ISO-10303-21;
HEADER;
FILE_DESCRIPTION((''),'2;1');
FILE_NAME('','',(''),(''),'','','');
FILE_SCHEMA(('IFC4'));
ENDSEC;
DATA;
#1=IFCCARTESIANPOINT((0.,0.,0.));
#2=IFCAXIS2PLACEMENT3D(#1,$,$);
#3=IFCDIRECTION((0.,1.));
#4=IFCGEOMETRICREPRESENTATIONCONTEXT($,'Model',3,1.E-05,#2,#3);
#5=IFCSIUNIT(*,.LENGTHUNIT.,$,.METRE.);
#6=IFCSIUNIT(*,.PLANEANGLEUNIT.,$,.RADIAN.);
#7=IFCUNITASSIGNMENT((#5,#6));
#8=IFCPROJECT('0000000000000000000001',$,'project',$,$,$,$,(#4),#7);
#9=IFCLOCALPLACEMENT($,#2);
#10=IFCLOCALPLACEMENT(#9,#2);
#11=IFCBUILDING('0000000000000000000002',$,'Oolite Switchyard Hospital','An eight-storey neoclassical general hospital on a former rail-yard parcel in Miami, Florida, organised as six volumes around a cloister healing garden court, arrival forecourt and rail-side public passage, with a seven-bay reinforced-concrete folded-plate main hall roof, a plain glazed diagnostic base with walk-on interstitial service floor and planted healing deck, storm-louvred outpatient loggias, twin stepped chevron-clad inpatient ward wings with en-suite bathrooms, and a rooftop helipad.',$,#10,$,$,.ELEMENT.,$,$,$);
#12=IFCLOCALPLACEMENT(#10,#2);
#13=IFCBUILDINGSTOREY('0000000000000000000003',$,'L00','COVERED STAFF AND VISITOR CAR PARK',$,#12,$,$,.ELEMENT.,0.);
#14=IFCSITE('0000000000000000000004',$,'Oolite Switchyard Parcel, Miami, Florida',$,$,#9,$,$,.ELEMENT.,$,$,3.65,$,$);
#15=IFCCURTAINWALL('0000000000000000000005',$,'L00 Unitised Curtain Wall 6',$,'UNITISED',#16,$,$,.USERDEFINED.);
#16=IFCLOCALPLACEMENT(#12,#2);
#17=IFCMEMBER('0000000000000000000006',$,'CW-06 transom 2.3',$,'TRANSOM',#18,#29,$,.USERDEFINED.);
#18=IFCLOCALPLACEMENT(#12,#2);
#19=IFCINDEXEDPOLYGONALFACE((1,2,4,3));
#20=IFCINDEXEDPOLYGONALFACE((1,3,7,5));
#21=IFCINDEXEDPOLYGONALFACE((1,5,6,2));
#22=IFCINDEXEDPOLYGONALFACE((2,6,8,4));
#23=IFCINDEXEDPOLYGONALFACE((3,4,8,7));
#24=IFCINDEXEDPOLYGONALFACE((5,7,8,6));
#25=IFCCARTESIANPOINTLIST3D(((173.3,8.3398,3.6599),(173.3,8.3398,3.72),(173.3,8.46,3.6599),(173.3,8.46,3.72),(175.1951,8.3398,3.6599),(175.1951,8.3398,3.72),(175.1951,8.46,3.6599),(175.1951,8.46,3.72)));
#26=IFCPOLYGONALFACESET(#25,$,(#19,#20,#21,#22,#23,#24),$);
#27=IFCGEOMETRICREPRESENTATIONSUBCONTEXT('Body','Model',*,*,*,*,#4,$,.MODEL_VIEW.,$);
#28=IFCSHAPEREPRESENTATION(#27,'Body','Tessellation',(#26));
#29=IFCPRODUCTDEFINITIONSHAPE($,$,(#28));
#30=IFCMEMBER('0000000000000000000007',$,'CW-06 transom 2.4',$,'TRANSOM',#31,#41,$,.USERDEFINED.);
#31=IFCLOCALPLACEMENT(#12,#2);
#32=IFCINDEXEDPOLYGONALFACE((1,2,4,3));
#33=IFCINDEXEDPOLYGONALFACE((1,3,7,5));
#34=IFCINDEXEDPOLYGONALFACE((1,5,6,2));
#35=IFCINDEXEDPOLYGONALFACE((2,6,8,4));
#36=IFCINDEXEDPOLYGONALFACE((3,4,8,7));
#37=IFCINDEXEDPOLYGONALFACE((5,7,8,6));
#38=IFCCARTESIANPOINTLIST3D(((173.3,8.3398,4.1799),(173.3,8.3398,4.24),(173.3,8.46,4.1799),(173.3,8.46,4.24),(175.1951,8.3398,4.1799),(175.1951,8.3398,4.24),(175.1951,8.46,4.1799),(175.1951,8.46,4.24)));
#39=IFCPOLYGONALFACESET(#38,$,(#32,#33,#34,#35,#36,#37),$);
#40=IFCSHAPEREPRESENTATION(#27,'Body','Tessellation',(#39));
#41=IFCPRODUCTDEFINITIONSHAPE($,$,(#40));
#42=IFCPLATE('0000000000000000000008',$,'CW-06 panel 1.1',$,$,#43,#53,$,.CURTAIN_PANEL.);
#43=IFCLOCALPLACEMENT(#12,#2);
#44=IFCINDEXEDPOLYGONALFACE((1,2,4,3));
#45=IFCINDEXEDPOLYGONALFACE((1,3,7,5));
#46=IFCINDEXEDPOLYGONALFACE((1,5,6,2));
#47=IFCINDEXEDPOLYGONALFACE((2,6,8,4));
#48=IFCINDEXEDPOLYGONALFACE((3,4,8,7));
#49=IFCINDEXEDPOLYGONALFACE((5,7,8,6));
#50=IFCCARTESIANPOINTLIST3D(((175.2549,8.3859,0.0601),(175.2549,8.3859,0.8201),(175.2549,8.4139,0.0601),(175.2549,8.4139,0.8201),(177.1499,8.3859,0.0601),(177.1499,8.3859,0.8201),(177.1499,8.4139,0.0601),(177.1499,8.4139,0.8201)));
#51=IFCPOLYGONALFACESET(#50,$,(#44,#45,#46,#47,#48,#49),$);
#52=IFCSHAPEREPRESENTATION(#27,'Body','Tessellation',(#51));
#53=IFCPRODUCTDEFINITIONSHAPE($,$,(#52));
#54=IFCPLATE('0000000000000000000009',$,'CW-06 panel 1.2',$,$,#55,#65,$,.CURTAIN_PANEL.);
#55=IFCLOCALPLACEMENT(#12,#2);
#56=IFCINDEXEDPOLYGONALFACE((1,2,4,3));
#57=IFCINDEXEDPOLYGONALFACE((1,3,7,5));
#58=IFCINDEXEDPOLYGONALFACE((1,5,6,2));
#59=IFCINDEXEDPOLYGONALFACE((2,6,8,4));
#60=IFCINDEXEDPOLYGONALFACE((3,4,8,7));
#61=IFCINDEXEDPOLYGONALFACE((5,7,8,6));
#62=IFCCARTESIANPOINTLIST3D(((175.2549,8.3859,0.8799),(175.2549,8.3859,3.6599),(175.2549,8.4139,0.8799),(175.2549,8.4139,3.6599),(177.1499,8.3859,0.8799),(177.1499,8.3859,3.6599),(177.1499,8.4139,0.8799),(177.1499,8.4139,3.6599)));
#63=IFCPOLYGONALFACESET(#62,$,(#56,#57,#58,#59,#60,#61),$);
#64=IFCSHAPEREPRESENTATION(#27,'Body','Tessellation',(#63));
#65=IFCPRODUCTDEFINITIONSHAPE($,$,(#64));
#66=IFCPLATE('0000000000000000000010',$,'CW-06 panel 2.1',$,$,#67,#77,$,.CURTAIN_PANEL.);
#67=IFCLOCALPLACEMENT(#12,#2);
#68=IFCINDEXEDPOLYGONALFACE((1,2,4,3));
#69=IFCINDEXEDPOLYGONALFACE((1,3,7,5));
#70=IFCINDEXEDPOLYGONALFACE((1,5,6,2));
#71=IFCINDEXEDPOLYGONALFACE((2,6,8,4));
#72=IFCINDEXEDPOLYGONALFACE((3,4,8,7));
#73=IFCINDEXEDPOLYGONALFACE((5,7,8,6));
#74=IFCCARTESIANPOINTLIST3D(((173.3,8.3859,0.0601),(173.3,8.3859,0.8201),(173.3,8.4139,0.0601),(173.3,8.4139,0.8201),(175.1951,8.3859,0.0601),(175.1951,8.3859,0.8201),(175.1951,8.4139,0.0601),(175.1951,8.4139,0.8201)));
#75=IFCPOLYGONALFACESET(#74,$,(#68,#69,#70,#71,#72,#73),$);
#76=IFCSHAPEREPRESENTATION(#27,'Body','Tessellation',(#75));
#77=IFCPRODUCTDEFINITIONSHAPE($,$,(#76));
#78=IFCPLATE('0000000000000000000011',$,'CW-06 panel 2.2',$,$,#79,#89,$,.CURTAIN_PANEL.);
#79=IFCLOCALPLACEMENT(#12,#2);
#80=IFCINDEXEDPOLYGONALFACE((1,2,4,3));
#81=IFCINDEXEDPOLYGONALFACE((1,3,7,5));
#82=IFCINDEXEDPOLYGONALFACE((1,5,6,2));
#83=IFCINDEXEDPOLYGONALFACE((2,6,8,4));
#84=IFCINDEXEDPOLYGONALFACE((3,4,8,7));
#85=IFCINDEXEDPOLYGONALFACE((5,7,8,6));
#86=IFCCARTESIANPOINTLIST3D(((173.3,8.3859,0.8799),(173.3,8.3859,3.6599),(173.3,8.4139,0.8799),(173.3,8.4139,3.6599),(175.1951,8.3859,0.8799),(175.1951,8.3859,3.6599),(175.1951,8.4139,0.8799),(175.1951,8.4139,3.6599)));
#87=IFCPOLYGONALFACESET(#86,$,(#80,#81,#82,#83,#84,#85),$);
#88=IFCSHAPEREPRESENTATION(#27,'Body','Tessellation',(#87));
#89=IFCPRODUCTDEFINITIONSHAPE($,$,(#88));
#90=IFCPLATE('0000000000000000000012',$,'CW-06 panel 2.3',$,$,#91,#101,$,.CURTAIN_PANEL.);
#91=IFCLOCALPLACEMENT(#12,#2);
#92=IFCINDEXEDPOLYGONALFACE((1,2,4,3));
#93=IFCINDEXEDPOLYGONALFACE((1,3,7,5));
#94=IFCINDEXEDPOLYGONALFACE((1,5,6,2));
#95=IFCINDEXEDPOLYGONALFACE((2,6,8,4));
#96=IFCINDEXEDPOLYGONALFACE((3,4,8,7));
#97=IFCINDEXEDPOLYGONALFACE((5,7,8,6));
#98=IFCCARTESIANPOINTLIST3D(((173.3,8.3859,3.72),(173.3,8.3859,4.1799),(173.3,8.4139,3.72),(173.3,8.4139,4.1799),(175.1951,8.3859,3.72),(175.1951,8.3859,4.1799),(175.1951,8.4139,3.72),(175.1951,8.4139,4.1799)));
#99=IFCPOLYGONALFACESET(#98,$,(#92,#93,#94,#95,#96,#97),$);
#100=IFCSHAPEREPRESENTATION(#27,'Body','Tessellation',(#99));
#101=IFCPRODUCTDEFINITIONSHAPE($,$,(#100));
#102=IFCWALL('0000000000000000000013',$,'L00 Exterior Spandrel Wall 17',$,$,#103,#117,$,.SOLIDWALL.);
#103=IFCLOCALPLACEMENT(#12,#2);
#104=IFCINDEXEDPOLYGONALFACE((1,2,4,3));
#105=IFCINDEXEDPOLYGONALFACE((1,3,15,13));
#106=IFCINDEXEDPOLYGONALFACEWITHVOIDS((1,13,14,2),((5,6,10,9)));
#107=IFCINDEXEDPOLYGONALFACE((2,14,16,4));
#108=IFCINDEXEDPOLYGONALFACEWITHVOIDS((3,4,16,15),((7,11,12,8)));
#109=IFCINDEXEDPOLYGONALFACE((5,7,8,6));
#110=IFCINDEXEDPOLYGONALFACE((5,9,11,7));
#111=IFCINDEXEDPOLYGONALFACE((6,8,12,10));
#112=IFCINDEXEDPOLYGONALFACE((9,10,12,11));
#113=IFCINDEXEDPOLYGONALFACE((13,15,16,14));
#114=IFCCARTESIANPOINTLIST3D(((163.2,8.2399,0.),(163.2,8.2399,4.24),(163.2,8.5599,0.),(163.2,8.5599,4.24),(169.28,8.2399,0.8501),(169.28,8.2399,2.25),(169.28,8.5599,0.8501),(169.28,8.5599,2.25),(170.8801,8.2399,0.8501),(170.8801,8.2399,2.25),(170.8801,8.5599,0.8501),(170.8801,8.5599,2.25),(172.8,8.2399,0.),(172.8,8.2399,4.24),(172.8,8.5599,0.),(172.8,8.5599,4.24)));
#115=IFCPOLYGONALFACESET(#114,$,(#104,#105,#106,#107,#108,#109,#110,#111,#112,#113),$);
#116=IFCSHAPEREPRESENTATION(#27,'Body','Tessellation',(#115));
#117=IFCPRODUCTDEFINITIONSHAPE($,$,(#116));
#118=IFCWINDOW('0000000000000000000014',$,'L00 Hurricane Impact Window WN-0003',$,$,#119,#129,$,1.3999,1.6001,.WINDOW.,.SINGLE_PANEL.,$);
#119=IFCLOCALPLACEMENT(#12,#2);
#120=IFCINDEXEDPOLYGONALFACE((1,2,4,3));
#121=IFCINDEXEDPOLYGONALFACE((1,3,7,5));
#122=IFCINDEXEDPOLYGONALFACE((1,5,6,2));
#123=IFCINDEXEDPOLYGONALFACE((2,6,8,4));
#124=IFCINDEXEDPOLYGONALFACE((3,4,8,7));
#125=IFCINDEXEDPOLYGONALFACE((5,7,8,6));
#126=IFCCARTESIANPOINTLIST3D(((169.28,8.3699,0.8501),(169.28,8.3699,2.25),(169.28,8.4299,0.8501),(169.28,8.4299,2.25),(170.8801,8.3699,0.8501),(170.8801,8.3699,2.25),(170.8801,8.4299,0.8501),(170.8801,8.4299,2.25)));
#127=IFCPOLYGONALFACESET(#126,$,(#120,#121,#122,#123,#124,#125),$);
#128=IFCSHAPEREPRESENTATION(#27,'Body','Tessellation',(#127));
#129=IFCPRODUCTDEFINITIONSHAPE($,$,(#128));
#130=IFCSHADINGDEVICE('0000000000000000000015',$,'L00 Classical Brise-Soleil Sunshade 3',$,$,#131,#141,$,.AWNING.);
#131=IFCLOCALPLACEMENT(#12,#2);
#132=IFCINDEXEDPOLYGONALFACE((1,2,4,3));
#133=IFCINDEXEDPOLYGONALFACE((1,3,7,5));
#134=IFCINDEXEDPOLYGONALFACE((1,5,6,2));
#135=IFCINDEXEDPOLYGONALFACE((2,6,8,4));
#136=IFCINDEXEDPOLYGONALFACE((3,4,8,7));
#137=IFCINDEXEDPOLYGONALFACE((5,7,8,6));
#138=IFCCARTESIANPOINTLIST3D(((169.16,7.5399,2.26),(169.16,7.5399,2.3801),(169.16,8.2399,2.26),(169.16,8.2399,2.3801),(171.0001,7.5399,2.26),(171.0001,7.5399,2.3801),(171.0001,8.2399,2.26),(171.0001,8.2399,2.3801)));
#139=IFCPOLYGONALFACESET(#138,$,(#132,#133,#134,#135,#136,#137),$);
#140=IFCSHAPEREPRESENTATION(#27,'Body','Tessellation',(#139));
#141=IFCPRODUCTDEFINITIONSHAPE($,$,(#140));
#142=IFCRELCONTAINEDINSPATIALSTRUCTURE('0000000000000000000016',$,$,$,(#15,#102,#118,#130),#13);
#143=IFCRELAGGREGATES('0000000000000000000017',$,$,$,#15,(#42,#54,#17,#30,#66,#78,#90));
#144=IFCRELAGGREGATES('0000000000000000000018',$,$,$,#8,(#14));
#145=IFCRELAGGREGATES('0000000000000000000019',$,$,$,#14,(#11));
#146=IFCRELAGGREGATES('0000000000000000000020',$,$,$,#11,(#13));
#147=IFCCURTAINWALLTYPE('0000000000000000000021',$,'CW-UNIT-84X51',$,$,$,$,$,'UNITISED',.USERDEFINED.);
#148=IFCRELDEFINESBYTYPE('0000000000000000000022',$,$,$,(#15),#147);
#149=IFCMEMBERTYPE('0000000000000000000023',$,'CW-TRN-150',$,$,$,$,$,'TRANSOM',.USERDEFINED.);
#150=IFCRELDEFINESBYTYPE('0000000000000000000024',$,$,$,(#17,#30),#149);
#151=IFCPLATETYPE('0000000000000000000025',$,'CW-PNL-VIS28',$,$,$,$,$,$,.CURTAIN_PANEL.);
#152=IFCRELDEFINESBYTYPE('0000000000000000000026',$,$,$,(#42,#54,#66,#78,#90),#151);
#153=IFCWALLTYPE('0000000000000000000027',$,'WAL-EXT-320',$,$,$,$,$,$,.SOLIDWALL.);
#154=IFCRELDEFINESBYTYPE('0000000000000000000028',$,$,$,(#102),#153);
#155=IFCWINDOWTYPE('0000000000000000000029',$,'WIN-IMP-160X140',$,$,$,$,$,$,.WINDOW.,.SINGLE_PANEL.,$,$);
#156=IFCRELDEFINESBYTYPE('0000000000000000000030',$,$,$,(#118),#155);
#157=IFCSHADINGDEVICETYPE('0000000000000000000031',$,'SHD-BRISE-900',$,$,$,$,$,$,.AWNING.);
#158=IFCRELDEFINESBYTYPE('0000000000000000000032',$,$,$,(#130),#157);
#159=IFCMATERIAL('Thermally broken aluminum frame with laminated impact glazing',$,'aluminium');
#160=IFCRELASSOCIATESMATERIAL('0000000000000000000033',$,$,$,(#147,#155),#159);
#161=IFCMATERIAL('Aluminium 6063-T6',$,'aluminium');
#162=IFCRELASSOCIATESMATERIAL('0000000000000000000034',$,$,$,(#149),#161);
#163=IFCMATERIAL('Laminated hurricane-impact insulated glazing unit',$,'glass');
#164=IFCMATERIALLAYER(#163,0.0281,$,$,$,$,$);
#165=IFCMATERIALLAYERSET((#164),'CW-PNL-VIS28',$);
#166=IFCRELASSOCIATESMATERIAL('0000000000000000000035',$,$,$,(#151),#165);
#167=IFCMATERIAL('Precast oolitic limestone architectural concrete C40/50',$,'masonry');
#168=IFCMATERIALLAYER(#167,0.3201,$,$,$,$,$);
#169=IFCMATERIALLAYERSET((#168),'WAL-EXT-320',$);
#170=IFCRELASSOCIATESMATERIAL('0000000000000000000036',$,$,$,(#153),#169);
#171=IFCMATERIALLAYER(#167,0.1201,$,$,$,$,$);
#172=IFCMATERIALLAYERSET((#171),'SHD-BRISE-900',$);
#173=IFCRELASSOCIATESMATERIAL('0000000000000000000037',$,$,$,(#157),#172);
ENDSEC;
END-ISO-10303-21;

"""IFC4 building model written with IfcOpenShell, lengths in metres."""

from ifc_helpers import new_model, si_unit, direction, frame, frame_2d, origin, origin_2d, place, context, subcontext, project, spatial, rectangle, extrude, material, layer, layer_set, material_profile, profile_set, type_object, element, fill, aggregate, save


model = new_model("IFC4")

# Units and contexts
model_context = context("Model", 3, precision=1e-05, world=origin(), true_north=direction((0.0, 1.0)))
body_context = subcontext(model_context, "Body", "Model", "MODEL_VIEW")
ifc_project = project(units=[si_unit("LENGTHUNIT", "METRE"), si_unit("PLANEANGLEUNIT", "RADIAN")], contexts=[model_context])

# Site, building, storey
site_placement = place(None, origin())
site = spatial("IfcSite", under=ifc_project, at=site_placement, Name="Oolite Switchyard Parcel, Miami, Florida", CompositionType="ELEMENT", RefElevation=3.65)
building_placement = place(site_placement, origin())
building = spatial("IfcBuilding", under=site, at=building_placement, Name="Oolite Switchyard Hospital", Description="An eight-storey neoclassical general hospital on a former rail-yard parcel in Miami, Florida, organised as six volumes around a cloister healing garden court, arrival forecourt and rail-side public passage, with a seven-bay reinforced-concrete folded-plate main hall roof, a plain glazed diagnostic base with walk-on interstitial service floor and planted healing deck, storm-louvred outpatient loggias, twin stepped chevron-clad inpatient ward wings with en-suite bathrooms, and a rooftop helipad.", CompositionType="ELEMENT")
storey_placement = place(building_placement, origin())
storey = spatial("IfcBuildingStorey", under=building, at=storey_placement, Name="L00", Description="COVERED STAFF AND VISITOR CAR PARK", CompositionType="ELEMENT", Elevation=0.0)

# Curtain wall, members, plates
ifc_material_1 = material(Name="Thermally broken aluminum frame with laminated impact glazing", Category="aluminium")
curtain_wall_type = type_object("IfcCurtainWallType", Name="CW-UNIT-84X51", ElementType="UNITISED", PredefinedType="USERDEFINED", material=ifc_material_1)
curtain_wall_placement = place(storey_placement, origin())
curtain_wall = element("IfcCurtainWall", 1, at=curtain_wall_placement, inside=storey, type_object=curtain_wall_type, Name="L00 Unitised Curtain Wall 6", ObjectType="UNITISED", PredefinedType="USERDEFINED")
ifc_material_2 = material(Name="Aluminium 6063-T6", Category="aluminium")
ifc_material_profile_1 = material_profile(ifc_material_2, rectangle(XDim=0.1201, YDim=0.0601, at=origin_2d()), Name="CWT60X120")
ifc_profile_set_1 = profile_set([ifc_material_profile_1], Name="Aluminium 6063-T6")
member_type_1 = type_object("IfcMemberType", Name="CW-TRN-150", ElementType="TRANSOM", PredefinedType="USERDEFINED", material=ifc_profile_set_1)
member_1_placement = place(storey_placement, frame((175.1951, 8.3999, 3.6899), z_axis=(-1.0, 0.0, 0.0), x_axis=(0.0, -1.0, 0.0)))
member_1 = element("IfcMember", 2, at=member_1_placement, type_object=member_type_1, Name="CW-06 transom 2.3", ObjectType="TRANSOM", PredefinedType="USERDEFINED", context=body_context, shape_type="SweptSolid", body=[
    extrude(rectangle(XDim=0.1201, YDim=0.0601, at=origin_2d()), origin(), (0.0, 0.0, 1.0), 1.895),
])
member_2_placement = place(storey_placement, frame((175.1951, 8.3999, 4.21), z_axis=(-1.0, 0.0, 0.0), x_axis=(0.0, -1.0, 0.0)))
member_2 = element("IfcMember", 3, at=member_2_placement, type_object=member_type_1, Name="CW-06 transom 2.4", ObjectType="TRANSOM", PredefinedType="USERDEFINED", context=body_context, shape_type="SweptSolid", body=[
    extrude(rectangle(XDim=0.1201, YDim=0.0601, at=origin_2d()), origin(), (0.0, 0.0, 1.0), 1.895),
])
ifc_material_3 = material(Name="Laminated hurricane-impact insulated glazing unit", Category="glass")
ifc_layer_1 = layer(ifc_material_3, 0.0281)
ifc_layer_set_1 = layer_set([ifc_layer_1], Name="CW-PNL-VIS28")
plate_type = type_object("IfcPlateType", Name="CW-PNL-VIS28", PredefinedType="CURTAIN_PANEL", material=ifc_layer_set_1)
plate_1_placement = place(storey_placement, frame((176.2024, 8.3999, 0.0601), z_axis=(0.0, 0.0, 1.0), x_axis=(-1.0, 0.0, 0.0)))
plate_1 = element("IfcPlate", 4, at=plate_1_placement, type_object=plate_type, Name="CW-06 panel 1.1", PredefinedType="CURTAIN_PANEL", context=body_context, shape_type="SweptSolid", body=[
    extrude(rectangle(XDim=1.895, YDim=0.0281, at=origin_2d()), origin(), (0.0, 0.0, 1.0), 0.76),
])
plate_2_placement = place(storey_placement, frame((176.2024, 8.3999, 0.8799), z_axis=(0.0, 0.0, 1.0), x_axis=(-1.0, 0.0, 0.0)))
plate_2 = element("IfcPlate", 5, at=plate_2_placement, type_object=plate_type, Name="CW-06 panel 1.2", PredefinedType="CURTAIN_PANEL", context=body_context, shape_type="SweptSolid", body=[
    extrude(rectangle(XDim=1.895, YDim=0.0281, at=origin_2d()), origin(), (0.0, 0.0, 1.0), 2.78),
])
plate_3_placement = place(storey_placement, frame((174.2476, 8.3999, 0.0601), z_axis=(0.0, 0.0, 1.0), x_axis=(-1.0, 0.0, 0.0)))
plate_3 = element("IfcPlate", 6, at=plate_3_placement, type_object=plate_type, Name="CW-06 panel 2.1", PredefinedType="CURTAIN_PANEL", context=body_context, shape_type="SweptSolid", body=[
    extrude(rectangle(XDim=1.895, YDim=0.0281, at=origin_2d()), origin(), (0.0, 0.0, 1.0), 0.76),
])
plate_4_placement = place(storey_placement, frame((174.2476, 8.3999, 0.8799), z_axis=(0.0, 0.0, 1.0), x_axis=(-1.0, 0.0, 0.0)))
plate_4 = element("IfcPlate", 7, at=plate_4_placement, type_object=plate_type, Name="CW-06 panel 2.2", PredefinedType="CURTAIN_PANEL", context=body_context, shape_type="SweptSolid", body=[
    extrude(rectangle(XDim=1.895, YDim=0.0281, at=origin_2d()), origin(), (0.0, 0.0, 1.0), 2.78),
])
plate_5_placement = place(storey_placement, frame((174.2476, 8.3999, 3.72), z_axis=(0.0, 0.0, 1.0), x_axis=(-1.0, 0.0, 0.0)))
plate_5 = element("IfcPlate", 8, at=plate_5_placement, type_object=plate_type, Name="CW-06 panel 2.3", PredefinedType="CURTAIN_PANEL", context=body_context, shape_type="SweptSolid", body=[
    extrude(rectangle(XDim=1.895, YDim=0.0281, at=origin_2d()), origin(), (0.0, 0.0, 1.0), 0.46),
])
aggregate(curtain_wall, [plate_1, plate_2, member_1, member_2, plate_3, plate_4, plate_5])

# Wall, opening, window
ifc_material_4 = material(Name="Precast oolitic limestone architectural concrete C40/50", Category="masonry")
ifc_layer_2 = layer(ifc_material_4, 0.3201)
ifc_layer_set_2 = layer_set([ifc_layer_2], Name="WAL-EXT-320")
wall_type = type_object("IfcWallType", Name="WAL-EXT-320", PredefinedType="SOLIDWALL", material=ifc_layer_set_2)
wall_placement = place(storey_placement, frame((172.8, 8.3999, 0.0), z_axis=(0.0, 0.0, 1.0), x_axis=(-1.0, 0.0, 0.0)))
wall = element("IfcWall", 9, at=wall_placement, inside=storey, type_object=wall_type, Name="L00 Exterior Spandrel Wall 17", PredefinedType="SOLIDWALL", context=body_context, shape_type="SweptSolid", body=[
    extrude(rectangle(XDim=9.6001, YDim=0.3201, at=frame_2d((4.8, 0.0))), origin(), (0.0, 0.0, 1.0), 4.24),
])
opening_placement = place(wall_placement, frame((1.9199, 0.0, 0.8501)))
opening = element("IfcOpeningElement", 10, at=opening_placement, cuts=wall, PredefinedType="OPENING", context=body_context, shape_type="SweptSolid", body=[
    extrude(rectangle(XDim=1.6001, YDim=1.3999, at=frame_2d((0.8, 0.7))), frame((0.0, 0.1699, 0.0), z_axis=(0.0, -1.0, 0.0), x_axis=(1.0, 0.0, 0.0)), (0.0, 0.0, 1.0), 0.3401),
])
window_type = type_object("IfcWindowType", Name="WIN-IMP-160X140", PartitioningType="SINGLE_PANEL", PredefinedType="WINDOW", material=ifc_material_1)
window_placement = place(opening_placement, origin())
window = element("IfcWindow", 11, at=window_placement, inside=storey, type_object=window_type, Name="L00 Hurricane Impact Window WN-0003", OverallHeight=1.3999, OverallWidth=1.6001, PartitioningType="SINGLE_PANEL", PredefinedType="WINDOW", context=body_context, shape_type="SweptSolid", body=[
    extrude(rectangle(XDim=1.6001, YDim=1.3999, at=frame_2d((0.8, 0.7))), frame((0.0, 0.03, 0.0), z_axis=(0.0, -1.0, 0.0), x_axis=(1.0, 0.0, 0.0)), (0.0, 0.0, 1.0), 0.0601),
])
fill(opening, window)

# Shading device
ifc_layer_3 = layer(ifc_material_4, 0.1201)
ifc_layer_set_3 = layer_set([ifc_layer_3], Name="SHD-BRISE-900")
shading_device_type = type_object("IfcShadingDeviceType", Name="SHD-BRISE-900", PredefinedType="AWNING", material=ifc_layer_set_3)
shading_device_placement = place(storey_placement, frame((170.0801, 7.8899, 2.26), z_axis=(0.0, 0.0, 1.0), x_axis=(1.0, 0.0, 0.0)))
element("IfcShadingDevice", 12, at=shading_device_placement, inside=storey, type_object=shading_device_type, Name="L00 Classical Brise-Soleil Sunshade 3", PredefinedType="AWNING", context=body_context, shape_type="SweptSolid", body=[
    extrude(rectangle(XDim=1.8401, YDim=0.7, at=origin_2d()), origin(), (0.0, 0.0, 1.0), 0.1201),
])

save(model, "model.ifc")
